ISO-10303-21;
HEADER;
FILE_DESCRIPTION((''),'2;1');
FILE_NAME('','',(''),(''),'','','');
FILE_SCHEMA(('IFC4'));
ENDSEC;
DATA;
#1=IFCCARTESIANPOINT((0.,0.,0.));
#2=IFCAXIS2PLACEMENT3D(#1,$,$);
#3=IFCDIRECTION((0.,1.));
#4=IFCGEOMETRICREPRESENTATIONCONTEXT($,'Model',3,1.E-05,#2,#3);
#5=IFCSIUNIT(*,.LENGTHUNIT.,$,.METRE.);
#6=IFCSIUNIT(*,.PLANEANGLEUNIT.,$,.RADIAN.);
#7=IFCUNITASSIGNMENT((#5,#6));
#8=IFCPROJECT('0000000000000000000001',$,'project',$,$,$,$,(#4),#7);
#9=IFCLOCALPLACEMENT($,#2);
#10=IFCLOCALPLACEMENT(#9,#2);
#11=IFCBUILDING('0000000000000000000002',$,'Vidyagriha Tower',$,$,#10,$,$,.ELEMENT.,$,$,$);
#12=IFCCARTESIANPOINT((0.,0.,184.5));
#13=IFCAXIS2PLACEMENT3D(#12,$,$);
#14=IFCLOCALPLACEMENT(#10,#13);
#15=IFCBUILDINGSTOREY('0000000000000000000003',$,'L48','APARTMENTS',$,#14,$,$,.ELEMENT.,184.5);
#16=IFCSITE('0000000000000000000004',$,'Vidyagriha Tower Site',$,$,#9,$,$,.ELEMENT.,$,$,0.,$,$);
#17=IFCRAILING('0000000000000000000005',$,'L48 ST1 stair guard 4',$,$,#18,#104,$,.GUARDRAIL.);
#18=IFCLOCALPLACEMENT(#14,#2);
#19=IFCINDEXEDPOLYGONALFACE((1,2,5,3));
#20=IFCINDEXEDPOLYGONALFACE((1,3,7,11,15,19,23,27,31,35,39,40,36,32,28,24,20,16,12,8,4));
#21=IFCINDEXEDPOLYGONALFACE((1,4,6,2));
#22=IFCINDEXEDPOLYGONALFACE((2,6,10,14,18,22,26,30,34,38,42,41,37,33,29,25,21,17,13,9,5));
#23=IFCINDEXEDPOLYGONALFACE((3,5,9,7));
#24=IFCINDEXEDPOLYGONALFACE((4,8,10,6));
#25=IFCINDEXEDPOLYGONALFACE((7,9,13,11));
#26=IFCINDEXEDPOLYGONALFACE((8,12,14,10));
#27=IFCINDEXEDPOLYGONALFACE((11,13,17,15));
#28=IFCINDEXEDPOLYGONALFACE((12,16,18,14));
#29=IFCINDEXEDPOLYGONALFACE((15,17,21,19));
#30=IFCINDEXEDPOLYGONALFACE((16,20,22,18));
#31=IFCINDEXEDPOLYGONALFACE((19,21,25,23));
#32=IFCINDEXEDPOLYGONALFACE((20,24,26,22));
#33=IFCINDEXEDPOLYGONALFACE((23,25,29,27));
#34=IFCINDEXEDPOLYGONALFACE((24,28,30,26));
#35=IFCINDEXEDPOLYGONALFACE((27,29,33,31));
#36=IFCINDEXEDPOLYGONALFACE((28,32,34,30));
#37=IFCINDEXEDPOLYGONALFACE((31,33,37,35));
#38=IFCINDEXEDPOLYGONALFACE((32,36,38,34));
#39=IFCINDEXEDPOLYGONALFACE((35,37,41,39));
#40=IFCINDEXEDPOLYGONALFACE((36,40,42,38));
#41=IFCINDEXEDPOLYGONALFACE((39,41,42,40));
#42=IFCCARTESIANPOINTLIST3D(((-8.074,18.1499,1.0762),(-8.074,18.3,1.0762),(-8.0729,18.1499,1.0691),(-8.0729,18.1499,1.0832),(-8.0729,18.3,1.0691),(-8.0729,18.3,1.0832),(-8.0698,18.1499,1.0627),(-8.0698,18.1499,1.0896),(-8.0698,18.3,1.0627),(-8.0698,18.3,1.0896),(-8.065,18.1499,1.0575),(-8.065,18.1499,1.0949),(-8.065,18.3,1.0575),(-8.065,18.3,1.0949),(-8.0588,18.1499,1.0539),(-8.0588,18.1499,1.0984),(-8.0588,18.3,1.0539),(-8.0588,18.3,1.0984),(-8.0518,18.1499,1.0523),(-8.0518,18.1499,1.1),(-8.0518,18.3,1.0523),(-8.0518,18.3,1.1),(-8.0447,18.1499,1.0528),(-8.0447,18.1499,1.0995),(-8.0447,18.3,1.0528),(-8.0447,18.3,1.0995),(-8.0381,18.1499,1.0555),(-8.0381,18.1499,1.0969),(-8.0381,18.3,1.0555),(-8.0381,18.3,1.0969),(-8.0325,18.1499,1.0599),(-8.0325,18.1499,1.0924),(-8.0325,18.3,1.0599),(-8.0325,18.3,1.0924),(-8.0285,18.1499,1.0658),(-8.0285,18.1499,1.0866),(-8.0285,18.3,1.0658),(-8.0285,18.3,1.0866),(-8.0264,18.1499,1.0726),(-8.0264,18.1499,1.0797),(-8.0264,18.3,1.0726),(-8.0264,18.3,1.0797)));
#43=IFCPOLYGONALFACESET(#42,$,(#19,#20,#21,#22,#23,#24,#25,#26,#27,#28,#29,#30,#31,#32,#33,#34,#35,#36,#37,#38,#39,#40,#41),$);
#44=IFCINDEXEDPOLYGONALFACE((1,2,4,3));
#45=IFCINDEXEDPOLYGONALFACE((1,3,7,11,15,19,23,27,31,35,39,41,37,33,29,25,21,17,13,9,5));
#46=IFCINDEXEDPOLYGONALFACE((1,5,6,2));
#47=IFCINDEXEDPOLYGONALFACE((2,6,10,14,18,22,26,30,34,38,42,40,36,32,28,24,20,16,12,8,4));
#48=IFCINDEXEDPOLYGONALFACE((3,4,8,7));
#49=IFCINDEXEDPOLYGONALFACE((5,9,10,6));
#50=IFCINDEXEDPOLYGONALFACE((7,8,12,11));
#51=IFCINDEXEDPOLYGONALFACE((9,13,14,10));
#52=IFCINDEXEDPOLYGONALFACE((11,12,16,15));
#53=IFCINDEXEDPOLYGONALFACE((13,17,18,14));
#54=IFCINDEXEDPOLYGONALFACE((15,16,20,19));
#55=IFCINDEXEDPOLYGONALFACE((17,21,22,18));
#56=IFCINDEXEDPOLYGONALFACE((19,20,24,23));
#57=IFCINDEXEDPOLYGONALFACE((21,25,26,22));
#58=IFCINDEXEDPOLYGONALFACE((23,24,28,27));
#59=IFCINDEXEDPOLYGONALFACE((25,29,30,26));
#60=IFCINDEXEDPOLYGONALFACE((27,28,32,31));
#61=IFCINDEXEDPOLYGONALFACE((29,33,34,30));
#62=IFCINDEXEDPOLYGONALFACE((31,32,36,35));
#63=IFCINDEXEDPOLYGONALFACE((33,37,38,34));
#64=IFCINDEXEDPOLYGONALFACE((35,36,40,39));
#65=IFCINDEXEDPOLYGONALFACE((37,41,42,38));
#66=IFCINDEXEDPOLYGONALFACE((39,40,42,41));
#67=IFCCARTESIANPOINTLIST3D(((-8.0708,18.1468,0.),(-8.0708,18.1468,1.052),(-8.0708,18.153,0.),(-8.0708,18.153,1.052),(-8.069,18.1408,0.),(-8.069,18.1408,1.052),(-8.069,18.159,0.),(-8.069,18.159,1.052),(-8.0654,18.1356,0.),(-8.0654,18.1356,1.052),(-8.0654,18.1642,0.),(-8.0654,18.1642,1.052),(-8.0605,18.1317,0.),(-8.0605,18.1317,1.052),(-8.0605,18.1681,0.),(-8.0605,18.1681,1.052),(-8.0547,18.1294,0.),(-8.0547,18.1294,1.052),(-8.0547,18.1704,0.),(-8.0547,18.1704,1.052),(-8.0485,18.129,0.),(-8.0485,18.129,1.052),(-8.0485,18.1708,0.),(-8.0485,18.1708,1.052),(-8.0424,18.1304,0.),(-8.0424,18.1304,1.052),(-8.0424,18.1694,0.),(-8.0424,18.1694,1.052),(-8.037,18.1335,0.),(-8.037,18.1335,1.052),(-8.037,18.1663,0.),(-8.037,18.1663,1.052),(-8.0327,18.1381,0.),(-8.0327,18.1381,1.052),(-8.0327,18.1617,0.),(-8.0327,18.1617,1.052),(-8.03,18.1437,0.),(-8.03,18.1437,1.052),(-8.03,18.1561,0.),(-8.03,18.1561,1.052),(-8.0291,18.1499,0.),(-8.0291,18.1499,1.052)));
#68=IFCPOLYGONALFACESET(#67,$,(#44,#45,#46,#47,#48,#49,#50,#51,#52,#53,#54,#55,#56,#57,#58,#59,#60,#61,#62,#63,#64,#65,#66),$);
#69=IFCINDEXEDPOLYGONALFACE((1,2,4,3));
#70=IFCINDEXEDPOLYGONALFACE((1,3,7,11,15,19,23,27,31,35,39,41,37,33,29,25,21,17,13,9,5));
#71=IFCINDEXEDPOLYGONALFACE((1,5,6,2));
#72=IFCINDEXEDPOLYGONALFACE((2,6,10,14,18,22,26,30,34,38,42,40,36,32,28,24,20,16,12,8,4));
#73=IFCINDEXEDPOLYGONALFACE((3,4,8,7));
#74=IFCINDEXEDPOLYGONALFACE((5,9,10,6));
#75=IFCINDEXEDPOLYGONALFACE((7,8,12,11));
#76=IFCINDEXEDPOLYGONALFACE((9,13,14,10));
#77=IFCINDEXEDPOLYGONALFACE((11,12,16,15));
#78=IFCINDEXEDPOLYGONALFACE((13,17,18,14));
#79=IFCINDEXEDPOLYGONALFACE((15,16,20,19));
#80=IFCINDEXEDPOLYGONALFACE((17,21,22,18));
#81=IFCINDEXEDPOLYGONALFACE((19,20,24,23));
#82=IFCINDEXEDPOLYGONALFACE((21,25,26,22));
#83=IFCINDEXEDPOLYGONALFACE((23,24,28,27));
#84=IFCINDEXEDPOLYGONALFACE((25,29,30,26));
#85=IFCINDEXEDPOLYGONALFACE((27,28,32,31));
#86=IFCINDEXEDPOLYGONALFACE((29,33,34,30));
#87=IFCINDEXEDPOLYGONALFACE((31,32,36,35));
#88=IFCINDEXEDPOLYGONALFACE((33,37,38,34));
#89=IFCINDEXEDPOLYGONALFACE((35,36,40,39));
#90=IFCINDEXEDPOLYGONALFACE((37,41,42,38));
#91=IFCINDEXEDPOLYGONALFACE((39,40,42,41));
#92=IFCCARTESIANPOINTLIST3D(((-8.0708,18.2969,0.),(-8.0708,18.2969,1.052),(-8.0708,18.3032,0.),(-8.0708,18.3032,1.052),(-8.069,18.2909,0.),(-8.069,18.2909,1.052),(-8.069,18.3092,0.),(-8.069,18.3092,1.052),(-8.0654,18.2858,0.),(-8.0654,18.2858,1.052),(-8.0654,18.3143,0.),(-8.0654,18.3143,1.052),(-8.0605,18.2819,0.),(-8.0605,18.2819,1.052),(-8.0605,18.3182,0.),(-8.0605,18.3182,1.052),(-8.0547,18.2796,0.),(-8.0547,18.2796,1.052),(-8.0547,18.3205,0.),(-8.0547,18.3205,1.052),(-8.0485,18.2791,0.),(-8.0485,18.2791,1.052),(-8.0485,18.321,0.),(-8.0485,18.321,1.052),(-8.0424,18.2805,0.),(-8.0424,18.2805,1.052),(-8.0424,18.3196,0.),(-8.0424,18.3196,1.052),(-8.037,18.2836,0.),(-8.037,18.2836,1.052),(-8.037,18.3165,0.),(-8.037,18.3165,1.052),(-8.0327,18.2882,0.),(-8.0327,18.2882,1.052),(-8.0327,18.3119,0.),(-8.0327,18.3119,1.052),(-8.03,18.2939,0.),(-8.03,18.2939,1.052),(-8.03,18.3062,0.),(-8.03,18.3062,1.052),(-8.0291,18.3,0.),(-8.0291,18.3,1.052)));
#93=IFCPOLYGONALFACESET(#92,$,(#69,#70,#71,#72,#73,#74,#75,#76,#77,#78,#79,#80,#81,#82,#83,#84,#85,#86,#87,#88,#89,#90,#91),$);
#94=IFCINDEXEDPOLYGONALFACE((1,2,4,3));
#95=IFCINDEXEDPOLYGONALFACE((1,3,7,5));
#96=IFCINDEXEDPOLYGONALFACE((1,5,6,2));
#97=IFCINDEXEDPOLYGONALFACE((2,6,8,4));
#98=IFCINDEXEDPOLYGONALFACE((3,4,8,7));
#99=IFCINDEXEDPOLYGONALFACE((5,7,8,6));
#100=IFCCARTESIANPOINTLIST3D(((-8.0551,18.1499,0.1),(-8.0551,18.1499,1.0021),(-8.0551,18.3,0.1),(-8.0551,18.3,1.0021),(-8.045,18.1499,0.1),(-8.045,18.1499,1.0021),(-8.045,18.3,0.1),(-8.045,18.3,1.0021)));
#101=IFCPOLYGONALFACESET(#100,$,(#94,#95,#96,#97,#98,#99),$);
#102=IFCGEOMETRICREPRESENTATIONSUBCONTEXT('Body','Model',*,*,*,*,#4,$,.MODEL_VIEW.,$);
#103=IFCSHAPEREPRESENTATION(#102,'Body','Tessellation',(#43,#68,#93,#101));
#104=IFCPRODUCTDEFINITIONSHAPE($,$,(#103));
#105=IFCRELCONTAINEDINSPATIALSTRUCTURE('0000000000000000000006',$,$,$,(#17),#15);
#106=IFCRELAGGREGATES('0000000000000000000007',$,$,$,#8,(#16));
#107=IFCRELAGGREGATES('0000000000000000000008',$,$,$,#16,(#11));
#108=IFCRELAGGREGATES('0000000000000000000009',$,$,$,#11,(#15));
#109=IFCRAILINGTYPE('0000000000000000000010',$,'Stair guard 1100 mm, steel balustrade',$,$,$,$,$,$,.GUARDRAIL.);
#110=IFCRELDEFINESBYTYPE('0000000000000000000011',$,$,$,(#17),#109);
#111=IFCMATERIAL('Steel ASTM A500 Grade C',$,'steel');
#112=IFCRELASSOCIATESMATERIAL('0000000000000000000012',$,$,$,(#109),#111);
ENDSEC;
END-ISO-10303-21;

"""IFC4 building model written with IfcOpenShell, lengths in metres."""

from ifc_helpers import new_model, si_unit, direction, frame, origin, origin_2d, place, context, subcontext, project, spatial, rectangle, circle, extrude, material, type_object, element, save


model = new_model("IFC4")

# Units and contexts
model_context = context("Model", 3, precision=1e-05, world=origin(), true_north=direction((0.0, 1.0)))
body_context = subcontext(model_context, "Body", "Model", "MODEL_VIEW")
ifc_project = project(units=[si_unit("LENGTHUNIT", "METRE"), si_unit("PLANEANGLEUNIT", "RADIAN")], contexts=[model_context])

# Site, building, storey
site_placement = place(None, origin())
site = spatial("IfcSite", under=ifc_project, at=site_placement, Name="Vidyagriha Tower Site", CompositionType="ELEMENT", RefElevation=0.0)
building_placement = place(site_placement, origin())
building = spatial("IfcBuilding", under=site, at=building_placement, Name="Vidyagriha Tower", CompositionType="ELEMENT")
storey_placement = place(building_placement, frame((0.0, 0.0, 184.5)))
storey = spatial("IfcBuildingStorey", under=building, at=storey_placement, Name="L48", Description="APARTMENTS", CompositionType="ELEMENT", Elevation=184.5)

# Railing
ifc_material_1 = material(Name="Steel ASTM A500 Grade C", Category="steel")
railing_type_1 = type_object("IfcRailingType", Name="Stair guard 1100 mm, steel balustrade", PredefinedType="GUARDRAIL", material=ifc_material_1)
railing_1_placement = place(storey_placement, frame((-8.05, 18.1499, 0.0)))
element("IfcRailing", 1, at=railing_1_placement, inside=storey, type_object=railing_type_1, Name="L48 ST1 stair guard 4", PredefinedType="GUARDRAIL", context=body_context, shape_type="SweptSolid", body=[
    extrude(circle(Radius=0.0239, at=origin_2d()), frame((0.0, 0.0, 1.0762), z_axis=(0.0, 1.0, 0.0), x_axis=(-1.0, 0.0, 0.0)), (0.0, 0.0, 1.0), 0.1501),
    extrude(circle(Radius=0.021, at=origin_2d()), origin(), (0.0, 0.0, 1.0), 1.052),
    extrude(circle(Radius=0.021, at=origin_2d()), frame((0.0, 0.1501, 0.0)), (0.0, 0.0, 1.0), 1.052),
    extrude(rectangle(XDim=0.01, YDim=0.9021, at=origin_2d()), frame((0.0, 0.0, 0.551), z_axis=(0.0, 1.0, 0.0), x_axis=(-1.0, 0.0, 0.0)), (0.0, 0.0, 1.0), 0.1501),
])

save(model, "model.ifc")
